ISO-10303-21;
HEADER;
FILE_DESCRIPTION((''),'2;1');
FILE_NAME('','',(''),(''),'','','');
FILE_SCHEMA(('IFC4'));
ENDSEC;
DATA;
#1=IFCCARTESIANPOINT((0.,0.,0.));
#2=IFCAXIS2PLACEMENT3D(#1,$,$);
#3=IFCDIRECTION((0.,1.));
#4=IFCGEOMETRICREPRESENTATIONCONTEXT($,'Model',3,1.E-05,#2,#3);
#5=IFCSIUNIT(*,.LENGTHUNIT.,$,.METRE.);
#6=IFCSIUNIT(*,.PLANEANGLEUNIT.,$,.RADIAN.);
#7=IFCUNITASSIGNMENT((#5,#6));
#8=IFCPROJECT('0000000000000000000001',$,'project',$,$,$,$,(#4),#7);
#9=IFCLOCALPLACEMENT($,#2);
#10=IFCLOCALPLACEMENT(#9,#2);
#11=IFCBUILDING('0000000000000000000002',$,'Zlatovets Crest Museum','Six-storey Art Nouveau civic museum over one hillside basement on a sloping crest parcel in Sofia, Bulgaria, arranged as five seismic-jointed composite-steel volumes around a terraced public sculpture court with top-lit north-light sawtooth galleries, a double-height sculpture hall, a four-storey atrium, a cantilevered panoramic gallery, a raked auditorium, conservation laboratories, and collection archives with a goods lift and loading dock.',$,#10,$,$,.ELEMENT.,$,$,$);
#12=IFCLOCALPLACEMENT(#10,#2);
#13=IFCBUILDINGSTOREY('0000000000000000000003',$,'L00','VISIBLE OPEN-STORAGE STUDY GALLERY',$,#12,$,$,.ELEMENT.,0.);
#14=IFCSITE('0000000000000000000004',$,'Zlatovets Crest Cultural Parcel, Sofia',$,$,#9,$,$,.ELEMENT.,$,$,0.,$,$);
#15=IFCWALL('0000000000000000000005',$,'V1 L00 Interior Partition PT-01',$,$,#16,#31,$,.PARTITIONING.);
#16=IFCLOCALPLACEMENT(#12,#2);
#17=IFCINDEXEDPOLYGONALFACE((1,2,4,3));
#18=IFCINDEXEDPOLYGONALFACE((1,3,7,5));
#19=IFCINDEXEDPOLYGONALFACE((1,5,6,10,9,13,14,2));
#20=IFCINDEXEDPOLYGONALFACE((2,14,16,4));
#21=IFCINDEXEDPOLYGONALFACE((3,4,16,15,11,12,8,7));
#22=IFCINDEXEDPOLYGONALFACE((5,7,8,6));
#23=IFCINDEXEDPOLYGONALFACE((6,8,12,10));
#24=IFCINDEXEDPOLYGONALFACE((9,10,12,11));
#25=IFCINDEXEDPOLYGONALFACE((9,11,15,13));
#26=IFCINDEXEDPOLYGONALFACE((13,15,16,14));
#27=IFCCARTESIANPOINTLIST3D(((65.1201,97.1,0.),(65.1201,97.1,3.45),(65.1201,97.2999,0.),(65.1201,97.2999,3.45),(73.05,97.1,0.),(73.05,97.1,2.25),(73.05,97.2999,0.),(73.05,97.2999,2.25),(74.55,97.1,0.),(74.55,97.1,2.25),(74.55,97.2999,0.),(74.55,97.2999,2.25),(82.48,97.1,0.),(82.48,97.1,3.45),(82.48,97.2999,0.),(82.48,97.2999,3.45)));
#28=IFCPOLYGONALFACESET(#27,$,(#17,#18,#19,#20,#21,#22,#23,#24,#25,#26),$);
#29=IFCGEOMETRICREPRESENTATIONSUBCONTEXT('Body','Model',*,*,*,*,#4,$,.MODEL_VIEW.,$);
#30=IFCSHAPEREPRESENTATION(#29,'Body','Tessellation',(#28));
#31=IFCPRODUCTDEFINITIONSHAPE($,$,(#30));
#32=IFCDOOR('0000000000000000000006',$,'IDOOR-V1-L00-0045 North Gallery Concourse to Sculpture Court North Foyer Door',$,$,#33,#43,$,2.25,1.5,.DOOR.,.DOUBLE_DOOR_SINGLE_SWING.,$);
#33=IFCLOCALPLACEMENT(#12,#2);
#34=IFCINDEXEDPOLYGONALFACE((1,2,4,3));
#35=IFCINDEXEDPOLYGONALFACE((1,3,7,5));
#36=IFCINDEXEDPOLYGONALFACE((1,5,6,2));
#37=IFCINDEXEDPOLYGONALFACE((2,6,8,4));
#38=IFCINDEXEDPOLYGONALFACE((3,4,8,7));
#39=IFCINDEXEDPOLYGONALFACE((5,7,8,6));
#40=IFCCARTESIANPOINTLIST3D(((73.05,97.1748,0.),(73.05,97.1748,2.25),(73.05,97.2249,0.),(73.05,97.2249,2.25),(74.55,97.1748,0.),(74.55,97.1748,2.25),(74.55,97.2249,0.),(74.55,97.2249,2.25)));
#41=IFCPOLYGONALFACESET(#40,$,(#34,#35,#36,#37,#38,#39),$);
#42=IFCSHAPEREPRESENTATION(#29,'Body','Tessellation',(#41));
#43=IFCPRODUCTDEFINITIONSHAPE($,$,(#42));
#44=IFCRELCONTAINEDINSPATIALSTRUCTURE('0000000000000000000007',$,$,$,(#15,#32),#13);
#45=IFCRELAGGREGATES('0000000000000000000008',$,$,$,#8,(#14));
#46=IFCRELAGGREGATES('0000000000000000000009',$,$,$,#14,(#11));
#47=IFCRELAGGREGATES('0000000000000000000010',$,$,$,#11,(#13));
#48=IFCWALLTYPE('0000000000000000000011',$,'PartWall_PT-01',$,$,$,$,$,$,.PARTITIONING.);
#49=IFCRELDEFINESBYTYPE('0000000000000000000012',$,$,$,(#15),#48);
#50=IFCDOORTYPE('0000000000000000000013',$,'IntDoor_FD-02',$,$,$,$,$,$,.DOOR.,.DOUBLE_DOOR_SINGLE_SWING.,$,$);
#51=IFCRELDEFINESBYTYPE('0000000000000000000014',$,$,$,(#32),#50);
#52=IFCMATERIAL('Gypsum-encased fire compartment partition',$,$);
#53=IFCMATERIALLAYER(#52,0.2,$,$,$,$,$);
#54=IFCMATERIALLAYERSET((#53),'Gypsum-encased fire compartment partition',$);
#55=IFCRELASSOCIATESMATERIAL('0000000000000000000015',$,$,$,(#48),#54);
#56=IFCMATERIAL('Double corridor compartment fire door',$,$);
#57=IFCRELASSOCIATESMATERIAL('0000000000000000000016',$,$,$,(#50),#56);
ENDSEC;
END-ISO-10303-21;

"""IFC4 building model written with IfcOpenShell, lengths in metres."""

from ifc_helpers import new_model, si_unit, direction, frame, frame_2d, origin, place, context, subcontext, project, spatial, rectangle, extrude, material, layer, layer_set, type_object, element, fill, save


model = new_model("IFC4")

# Units and contexts
model_context = context("Model", 3, precision=1e-05, world=origin(), true_north=direction((0.0, 1.0)))
body_context = subcontext(model_context, "Body", "Model", "MODEL_VIEW")
ifc_project = project(units=[si_unit("LENGTHUNIT", "METRE"), si_unit("PLANEANGLEUNIT", "RADIAN")], contexts=[model_context])

# Site, building, storey
site_placement = place(None, origin())
site = spatial("IfcSite", under=ifc_project, at=site_placement, Name="Zlatovets Crest Cultural Parcel, Sofia", CompositionType="ELEMENT", RefElevation=0.0)
building_placement = place(site_placement, origin())
building = spatial("IfcBuilding", under=site, at=building_placement, Name="Zlatovets Crest Museum", Description="Six-storey Art Nouveau civic museum over one hillside basement on a sloping crest parcel in Sofia, Bulgaria, arranged as five seismic-jointed composite-steel volumes around a terraced public sculpture court with top-lit north-light sawtooth galleries, a double-height sculpture hall, a four-storey atrium, a cantilevered panoramic gallery, a raked auditorium, conservation laboratories, and collection archives with a goods lift and loading dock.", CompositionType="ELEMENT")
storey_placement = place(building_placement, origin())
storey = spatial("IfcBuildingStorey", under=building, at=storey_placement, Name="L00", Description="VISIBLE OPEN-STORAGE STUDY GALLERY", CompositionType="ELEMENT", Elevation=0.0)

# Wall, opening, door
ifc_material_1 = material(Name="Gypsum-encased fire compartment partition")
ifc_layer_1 = layer(ifc_material_1, 0.2)
ifc_layer_set_1 = layer_set([ifc_layer_1], Name="Gypsum-encased fire compartment partition")
wall_type_1 = type_object("IfcWallType", Name="PartWall_PT-01", PredefinedType="PARTITIONING", material=ifc_layer_set_1)
wall_1_placement = place(storey_placement, frame((65.1201, 97.2, 0.0), z_axis=(0.0, 0.0, 1.0), x_axis=(1.0, 0.0, 0.0)))
wall_1 = element("IfcWall", 1, at=wall_1_placement, inside=storey, type_object=wall_type_1, Name="V1 L00 Interior Partition PT-01", PredefinedType="PARTITIONING", context=body_context, shape_type="SweptSolid", body=[
    extrude(rectangle(XDim=17.3599, YDim=0.2, at=frame_2d((8.6799, 0.0))), origin(), (0.0, 0.0, 1.0), 3.45),
])
opening_1_placement = place(wall_1_placement, frame((7.9299, 0.0, 0.0)))
opening_1 = element("IfcOpeningElement", 2, at=opening_1_placement, cuts=wall_1, PredefinedType="OPENING", context=body_context, shape_type="SweptSolid", body=[
    extrude(rectangle(XDim=1.5, YDim=2.25, at=frame_2d((0.75, 1.125))), frame((0.0, 0.1099, 0.0), z_axis=(0.0, -1.0, 0.0), x_axis=(1.0, 0.0, 0.0)), (0.0, 0.0, 1.0), 0.22),
])
ifc_material_2 = material(Name="Double corridor compartment fire door")
door_type_1 = type_object("IfcDoorType", Name="IntDoor_FD-02", OperationType="DOUBLE_DOOR_SINGLE_SWING", PredefinedType="DOOR", material=ifc_material_2)
door_1_placement = place(opening_1_placement, origin())
door_1 = element("IfcDoor", 3, at=door_1_placement, inside=storey, type_object=door_type_1, Name="IDOOR-V1-L00-0045 North Gallery Concourse to Sculpture Court North Foyer Door", OperationType="DOUBLE_DOOR_SINGLE_SWING", OverallHeight=2.25, OverallWidth=1.5, PredefinedType="DOOR", context=body_context, shape_type="SweptSolid", body=[
    extrude(rectangle(XDim=1.5, YDim=2.25, at=frame_2d((0.75, 1.125))), frame((0.0, 0.0249, 0.0), z_axis=(0.0, -1.0, 0.0), x_axis=(1.0, 0.0, 0.0)), (0.0, 0.0, 1.0), 0.05),
])
fill(opening_1, door_1)

save(model, "model.ifc")
